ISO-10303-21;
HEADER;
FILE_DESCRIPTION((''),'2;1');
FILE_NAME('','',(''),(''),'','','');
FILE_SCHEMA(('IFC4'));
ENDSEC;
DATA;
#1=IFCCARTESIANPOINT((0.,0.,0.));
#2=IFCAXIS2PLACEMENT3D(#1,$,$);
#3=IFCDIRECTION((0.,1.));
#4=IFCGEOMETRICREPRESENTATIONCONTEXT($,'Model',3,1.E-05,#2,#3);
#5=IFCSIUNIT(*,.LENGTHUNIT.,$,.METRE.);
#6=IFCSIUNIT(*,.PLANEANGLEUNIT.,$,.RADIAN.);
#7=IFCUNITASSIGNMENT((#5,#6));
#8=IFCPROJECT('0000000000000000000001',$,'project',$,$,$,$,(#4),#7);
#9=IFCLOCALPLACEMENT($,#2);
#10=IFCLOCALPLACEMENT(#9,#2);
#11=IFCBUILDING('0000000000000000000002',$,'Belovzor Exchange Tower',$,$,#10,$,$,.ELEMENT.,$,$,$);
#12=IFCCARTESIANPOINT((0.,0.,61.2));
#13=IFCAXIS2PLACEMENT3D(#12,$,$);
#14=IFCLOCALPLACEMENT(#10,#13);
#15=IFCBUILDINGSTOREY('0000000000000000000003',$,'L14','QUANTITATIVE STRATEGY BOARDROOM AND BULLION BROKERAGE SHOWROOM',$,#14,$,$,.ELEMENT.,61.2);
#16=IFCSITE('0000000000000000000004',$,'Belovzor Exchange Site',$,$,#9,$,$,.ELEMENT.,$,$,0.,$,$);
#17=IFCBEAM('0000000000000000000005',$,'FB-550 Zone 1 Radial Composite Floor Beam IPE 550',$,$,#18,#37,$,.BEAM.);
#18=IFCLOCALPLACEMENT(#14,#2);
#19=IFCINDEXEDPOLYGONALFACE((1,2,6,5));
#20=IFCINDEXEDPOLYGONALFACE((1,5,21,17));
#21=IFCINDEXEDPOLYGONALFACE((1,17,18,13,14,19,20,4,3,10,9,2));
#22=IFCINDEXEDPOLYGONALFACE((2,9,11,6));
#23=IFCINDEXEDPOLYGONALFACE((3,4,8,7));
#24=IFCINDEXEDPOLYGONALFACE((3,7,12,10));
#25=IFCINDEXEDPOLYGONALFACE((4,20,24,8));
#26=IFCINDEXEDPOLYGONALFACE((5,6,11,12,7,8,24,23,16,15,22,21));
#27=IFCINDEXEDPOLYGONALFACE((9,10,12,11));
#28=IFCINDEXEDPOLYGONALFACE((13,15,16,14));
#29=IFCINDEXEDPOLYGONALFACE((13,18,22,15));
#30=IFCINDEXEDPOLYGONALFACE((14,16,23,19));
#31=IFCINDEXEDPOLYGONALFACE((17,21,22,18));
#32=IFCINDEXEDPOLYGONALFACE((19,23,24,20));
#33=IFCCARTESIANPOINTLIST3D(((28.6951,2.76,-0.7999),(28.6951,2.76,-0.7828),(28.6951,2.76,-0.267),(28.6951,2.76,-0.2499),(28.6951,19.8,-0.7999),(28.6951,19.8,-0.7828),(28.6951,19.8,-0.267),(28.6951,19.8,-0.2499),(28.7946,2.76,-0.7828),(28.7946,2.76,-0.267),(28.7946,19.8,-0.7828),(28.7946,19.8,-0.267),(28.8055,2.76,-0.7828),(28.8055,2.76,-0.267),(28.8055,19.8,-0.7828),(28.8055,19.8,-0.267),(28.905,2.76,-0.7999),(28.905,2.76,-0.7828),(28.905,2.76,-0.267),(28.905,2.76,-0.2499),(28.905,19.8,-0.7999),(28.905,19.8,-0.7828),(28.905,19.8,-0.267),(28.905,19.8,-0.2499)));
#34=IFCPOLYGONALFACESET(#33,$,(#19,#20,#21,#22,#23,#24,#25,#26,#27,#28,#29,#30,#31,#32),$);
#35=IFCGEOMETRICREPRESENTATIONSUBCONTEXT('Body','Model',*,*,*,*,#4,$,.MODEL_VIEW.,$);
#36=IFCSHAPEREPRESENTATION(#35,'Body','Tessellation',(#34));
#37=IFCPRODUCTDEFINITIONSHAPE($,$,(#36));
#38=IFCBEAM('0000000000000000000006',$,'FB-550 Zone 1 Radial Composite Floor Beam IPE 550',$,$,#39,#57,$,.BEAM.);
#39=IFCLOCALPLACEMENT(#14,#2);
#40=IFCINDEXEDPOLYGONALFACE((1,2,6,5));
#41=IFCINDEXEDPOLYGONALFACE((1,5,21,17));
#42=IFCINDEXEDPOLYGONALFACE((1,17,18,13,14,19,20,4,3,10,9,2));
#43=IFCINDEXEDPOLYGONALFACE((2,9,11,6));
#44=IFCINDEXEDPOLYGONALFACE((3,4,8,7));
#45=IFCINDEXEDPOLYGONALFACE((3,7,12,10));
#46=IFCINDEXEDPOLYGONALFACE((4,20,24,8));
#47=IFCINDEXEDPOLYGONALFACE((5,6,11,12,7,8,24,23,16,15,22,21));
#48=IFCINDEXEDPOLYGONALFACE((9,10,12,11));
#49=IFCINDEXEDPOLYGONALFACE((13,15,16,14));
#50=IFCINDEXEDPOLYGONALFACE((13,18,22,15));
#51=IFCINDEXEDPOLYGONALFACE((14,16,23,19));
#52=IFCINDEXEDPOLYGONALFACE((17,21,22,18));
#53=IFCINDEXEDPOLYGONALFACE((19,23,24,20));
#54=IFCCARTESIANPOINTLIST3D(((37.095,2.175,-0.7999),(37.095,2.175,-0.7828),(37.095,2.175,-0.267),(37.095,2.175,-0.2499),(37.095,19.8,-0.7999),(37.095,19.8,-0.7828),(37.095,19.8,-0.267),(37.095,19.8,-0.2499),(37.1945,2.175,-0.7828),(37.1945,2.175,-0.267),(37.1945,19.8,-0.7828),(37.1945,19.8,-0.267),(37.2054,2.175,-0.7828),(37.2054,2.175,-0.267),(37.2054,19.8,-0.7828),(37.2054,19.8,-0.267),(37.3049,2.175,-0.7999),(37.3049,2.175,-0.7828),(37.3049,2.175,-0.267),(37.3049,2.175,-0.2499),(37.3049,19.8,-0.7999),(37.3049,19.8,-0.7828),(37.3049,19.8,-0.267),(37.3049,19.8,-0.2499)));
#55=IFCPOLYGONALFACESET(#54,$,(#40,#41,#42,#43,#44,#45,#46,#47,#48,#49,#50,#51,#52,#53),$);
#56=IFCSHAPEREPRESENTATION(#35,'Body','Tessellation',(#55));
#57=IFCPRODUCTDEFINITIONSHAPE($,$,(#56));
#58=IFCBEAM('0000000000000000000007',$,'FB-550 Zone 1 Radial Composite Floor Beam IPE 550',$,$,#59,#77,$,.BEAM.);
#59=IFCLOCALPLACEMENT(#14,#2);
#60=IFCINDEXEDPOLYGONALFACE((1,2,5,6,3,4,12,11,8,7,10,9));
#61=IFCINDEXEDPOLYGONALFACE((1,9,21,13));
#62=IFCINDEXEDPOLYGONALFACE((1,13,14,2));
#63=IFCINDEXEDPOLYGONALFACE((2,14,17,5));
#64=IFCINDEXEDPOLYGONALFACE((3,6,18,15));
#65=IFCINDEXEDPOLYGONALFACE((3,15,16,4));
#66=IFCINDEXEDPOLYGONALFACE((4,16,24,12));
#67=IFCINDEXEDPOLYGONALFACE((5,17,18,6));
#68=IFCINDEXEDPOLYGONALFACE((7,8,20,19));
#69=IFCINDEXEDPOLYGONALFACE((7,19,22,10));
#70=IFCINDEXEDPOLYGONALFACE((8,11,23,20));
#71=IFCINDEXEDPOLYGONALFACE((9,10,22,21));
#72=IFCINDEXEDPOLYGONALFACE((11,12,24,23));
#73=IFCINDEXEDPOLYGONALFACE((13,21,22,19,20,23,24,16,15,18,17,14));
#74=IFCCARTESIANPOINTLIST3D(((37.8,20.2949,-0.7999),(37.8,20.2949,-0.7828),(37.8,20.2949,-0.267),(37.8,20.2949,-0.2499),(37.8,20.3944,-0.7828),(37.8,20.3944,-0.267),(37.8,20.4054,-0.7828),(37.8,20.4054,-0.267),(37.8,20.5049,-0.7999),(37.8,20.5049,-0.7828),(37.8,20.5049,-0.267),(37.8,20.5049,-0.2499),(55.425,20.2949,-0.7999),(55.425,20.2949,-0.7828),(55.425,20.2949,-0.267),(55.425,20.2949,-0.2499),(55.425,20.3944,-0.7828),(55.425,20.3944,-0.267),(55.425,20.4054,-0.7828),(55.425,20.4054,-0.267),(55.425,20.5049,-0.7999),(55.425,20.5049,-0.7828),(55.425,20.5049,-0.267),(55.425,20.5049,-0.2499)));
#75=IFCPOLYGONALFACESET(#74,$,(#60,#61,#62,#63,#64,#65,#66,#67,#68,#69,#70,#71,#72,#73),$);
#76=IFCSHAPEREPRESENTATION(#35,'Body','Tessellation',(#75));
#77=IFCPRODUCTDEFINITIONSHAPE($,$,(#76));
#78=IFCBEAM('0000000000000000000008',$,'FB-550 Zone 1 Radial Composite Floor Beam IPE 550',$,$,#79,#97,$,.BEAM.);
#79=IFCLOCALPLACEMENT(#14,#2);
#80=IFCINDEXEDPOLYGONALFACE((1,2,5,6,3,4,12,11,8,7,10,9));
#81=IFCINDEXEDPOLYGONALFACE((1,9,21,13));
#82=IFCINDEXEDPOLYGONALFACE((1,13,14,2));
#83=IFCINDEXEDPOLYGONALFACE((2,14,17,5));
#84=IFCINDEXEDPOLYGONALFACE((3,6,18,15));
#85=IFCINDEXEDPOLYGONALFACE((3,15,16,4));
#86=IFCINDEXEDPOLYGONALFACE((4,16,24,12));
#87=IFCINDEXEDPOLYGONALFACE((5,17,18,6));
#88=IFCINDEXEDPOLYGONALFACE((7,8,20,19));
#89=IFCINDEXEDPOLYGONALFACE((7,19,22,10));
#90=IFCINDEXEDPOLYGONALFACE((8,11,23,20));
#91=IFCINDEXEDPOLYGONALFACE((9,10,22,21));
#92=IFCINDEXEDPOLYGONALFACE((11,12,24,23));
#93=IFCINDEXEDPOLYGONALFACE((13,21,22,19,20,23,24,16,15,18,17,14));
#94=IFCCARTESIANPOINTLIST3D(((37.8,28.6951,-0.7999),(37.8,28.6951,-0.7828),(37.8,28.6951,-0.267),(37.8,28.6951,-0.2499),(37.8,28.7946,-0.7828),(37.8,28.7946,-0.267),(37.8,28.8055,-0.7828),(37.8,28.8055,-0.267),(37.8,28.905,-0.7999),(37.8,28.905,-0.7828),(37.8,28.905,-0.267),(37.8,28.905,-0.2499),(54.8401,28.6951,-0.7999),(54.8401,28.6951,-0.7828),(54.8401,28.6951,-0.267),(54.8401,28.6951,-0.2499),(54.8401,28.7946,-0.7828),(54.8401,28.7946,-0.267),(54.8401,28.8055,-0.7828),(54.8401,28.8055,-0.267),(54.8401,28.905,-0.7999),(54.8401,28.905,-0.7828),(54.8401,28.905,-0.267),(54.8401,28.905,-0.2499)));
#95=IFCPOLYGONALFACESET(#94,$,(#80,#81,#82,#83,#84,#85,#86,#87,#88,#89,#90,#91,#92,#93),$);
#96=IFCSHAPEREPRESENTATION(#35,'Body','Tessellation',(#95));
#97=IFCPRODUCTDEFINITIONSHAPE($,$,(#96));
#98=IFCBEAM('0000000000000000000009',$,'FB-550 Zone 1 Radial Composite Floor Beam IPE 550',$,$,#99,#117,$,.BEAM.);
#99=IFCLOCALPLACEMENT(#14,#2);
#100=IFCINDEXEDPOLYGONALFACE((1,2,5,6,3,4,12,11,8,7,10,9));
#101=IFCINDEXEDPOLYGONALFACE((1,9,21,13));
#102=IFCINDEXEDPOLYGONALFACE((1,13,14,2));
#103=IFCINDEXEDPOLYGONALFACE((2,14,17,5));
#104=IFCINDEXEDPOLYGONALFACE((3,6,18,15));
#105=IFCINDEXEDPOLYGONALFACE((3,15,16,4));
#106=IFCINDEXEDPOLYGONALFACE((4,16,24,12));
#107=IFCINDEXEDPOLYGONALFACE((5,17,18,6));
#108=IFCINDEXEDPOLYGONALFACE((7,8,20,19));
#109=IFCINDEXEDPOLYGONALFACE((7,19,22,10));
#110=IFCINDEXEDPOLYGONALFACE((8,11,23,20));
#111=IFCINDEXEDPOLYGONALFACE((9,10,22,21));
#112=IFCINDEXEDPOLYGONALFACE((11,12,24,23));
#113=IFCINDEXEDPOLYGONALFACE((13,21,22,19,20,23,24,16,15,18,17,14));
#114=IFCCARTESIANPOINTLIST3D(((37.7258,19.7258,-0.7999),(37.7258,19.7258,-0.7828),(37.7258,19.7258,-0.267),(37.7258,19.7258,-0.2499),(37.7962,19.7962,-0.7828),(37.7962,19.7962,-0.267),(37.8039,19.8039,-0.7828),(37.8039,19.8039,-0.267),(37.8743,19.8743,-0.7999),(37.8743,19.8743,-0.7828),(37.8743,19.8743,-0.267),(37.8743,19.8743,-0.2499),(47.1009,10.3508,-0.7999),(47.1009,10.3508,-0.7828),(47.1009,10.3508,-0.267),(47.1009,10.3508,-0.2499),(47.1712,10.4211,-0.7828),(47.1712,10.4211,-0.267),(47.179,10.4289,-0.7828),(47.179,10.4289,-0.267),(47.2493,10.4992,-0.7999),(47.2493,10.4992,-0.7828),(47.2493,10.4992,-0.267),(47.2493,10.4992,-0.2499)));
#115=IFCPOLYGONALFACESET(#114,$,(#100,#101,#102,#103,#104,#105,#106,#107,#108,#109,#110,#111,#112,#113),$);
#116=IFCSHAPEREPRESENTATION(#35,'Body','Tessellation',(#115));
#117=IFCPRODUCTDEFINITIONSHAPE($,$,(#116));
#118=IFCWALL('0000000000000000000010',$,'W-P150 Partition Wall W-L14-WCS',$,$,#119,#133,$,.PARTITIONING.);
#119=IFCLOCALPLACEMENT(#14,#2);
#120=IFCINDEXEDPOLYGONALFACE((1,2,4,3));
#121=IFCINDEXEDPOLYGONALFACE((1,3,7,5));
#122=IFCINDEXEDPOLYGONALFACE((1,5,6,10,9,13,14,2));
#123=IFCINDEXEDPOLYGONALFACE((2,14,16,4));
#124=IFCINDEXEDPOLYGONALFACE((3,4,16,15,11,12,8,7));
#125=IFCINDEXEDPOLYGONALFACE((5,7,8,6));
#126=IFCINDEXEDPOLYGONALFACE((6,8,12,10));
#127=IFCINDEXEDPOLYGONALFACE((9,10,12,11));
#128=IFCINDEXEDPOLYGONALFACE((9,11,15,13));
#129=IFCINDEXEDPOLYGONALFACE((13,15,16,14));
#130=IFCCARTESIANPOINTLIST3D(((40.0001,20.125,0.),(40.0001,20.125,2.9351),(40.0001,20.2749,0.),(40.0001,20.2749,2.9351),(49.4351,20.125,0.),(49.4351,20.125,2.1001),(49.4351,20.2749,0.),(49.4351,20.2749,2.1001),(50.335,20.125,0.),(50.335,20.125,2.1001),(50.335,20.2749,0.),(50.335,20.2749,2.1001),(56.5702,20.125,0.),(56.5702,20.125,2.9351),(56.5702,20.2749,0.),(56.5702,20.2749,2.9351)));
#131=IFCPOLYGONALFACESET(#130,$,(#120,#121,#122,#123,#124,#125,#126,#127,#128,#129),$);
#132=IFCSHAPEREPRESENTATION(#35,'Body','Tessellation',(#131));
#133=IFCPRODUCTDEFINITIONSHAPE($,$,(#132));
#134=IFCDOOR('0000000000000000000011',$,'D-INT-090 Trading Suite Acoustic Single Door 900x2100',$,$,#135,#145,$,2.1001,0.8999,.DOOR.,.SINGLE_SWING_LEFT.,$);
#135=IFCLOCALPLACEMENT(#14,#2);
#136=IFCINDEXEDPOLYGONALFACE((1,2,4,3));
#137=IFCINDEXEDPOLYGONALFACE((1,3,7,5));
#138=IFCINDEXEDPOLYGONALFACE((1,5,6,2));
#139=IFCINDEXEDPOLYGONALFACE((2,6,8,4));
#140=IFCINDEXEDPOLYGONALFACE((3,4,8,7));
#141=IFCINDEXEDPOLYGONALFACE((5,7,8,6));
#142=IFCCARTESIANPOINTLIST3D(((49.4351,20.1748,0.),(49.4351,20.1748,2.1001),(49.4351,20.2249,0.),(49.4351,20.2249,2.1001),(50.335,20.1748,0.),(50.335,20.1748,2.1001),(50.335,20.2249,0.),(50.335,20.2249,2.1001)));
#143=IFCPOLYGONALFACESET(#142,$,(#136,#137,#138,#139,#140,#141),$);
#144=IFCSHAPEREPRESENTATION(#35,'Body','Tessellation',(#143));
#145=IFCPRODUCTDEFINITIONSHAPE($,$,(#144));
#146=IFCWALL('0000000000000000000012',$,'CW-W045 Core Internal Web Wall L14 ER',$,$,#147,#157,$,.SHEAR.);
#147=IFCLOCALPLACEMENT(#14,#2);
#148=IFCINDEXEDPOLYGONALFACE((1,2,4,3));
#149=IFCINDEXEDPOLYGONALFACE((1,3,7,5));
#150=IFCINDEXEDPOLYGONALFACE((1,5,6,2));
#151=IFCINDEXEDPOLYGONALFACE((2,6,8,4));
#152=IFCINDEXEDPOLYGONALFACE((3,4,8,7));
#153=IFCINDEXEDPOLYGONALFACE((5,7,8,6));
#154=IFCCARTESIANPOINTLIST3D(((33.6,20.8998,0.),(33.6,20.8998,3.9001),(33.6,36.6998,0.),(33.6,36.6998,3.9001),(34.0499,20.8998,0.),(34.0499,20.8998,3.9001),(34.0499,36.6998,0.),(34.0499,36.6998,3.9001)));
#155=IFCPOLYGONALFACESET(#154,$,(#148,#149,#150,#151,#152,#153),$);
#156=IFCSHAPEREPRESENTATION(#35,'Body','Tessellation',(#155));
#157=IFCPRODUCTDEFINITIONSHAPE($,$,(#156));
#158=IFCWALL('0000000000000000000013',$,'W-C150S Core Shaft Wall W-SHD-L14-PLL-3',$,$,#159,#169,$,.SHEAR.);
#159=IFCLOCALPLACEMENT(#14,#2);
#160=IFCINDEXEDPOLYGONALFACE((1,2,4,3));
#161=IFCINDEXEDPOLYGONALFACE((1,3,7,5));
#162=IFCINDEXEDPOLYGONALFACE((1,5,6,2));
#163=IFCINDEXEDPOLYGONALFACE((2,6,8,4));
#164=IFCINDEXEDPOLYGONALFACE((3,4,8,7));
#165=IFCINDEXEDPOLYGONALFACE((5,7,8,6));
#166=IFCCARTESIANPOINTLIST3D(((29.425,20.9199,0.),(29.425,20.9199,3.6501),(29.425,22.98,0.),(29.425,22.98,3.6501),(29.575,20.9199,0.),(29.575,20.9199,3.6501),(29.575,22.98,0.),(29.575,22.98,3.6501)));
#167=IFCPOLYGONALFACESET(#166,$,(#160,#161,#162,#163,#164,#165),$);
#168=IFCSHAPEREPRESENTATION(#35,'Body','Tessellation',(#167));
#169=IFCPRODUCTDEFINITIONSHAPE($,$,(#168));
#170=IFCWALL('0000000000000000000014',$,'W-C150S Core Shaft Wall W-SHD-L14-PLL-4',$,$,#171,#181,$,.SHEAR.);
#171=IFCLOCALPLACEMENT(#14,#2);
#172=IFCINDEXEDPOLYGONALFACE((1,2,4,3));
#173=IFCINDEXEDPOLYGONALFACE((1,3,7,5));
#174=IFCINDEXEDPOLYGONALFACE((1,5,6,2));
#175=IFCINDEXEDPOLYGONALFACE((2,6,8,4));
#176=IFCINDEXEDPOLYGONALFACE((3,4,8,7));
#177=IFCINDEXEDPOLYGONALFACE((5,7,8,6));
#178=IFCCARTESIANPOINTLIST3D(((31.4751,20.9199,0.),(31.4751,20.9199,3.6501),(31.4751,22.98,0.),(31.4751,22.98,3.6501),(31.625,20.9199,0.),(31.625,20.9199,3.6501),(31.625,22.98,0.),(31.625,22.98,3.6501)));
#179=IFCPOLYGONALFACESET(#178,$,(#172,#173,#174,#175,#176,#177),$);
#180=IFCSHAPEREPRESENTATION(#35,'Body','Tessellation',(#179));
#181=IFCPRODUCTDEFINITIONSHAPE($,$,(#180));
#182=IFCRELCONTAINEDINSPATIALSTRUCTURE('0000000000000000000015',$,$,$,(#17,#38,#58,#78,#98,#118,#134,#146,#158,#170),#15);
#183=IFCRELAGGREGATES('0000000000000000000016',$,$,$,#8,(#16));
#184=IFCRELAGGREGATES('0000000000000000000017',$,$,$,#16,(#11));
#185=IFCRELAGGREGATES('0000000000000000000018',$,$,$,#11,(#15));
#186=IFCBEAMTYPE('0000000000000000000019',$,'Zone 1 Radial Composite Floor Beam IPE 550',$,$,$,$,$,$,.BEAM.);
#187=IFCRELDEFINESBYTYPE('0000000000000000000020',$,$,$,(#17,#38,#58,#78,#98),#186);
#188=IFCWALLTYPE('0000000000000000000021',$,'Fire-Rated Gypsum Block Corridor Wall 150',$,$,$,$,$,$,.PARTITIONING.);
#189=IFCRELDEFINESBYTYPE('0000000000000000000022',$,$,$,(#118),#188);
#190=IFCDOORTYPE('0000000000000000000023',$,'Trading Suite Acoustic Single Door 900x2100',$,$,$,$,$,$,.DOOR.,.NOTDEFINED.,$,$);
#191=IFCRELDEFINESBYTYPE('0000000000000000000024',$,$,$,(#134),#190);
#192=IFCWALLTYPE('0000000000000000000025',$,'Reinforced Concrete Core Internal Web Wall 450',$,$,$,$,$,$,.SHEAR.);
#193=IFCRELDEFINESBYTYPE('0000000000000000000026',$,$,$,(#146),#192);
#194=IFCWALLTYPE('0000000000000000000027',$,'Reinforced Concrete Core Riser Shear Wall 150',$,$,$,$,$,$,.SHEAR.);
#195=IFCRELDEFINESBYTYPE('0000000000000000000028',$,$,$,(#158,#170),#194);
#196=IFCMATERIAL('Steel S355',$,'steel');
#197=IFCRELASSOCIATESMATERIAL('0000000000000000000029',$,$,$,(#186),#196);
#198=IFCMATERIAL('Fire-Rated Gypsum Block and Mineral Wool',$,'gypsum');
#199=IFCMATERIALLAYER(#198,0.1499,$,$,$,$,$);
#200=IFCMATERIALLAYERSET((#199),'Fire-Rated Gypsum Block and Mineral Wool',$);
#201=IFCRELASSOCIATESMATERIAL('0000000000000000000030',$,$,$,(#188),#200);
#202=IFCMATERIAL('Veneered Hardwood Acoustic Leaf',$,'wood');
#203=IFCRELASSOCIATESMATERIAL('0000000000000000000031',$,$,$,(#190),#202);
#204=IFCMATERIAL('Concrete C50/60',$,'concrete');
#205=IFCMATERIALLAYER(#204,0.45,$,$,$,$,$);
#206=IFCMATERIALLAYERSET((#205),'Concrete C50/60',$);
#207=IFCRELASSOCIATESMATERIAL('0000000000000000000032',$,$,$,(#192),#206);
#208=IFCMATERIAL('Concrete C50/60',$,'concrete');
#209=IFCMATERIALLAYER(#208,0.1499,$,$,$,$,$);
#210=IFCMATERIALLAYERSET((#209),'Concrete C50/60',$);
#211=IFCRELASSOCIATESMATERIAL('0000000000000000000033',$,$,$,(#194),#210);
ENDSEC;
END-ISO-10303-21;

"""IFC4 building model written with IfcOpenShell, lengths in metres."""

from ifc_helpers import new_model, si_unit, direction, frame, frame_2d, origin, origin_2d, place, context, subcontext, project, spatial, rectangle, i_section, extrude, material, layer, layer_set, material_profile, profile_set, type_object, element, fill, save


model = new_model("IFC4")

# Units and contexts
model_context = context("Model", 3, precision=1e-05, world=origin(), true_north=direction((0.0, 1.0)))
body_context = subcontext(model_context, "Body", "Model", "MODEL_VIEW")
ifc_project = project(units=[si_unit("LENGTHUNIT", "METRE"), si_unit("PLANEANGLEUNIT", "RADIAN")], contexts=[model_context])

# Site, building, storey
site_placement = place(None, origin())
site = spatial("IfcSite", under=ifc_project, at=site_placement, Name="Belovzor Exchange Site", CompositionType="ELEMENT", RefElevation=0.0)
building_placement = place(site_placement, origin())
building = spatial("IfcBuilding", under=site, at=building_placement, Name="Belovzor Exchange Tower", CompositionType="ELEMENT")
storey_placement = place(building_placement, frame((0.0, 0.0, 61.2)))
storey = spatial("IfcBuildingStorey", under=building, at=storey_placement, Name="L14", Description="QUANTITATIVE STRATEGY BOARDROOM AND BULLION BROKERAGE SHOWROOM", CompositionType="ELEMENT", Elevation=61.2)

# Beams
ifc_material_1 = material(Name="Steel S355", Category="steel")
ifc_material_profile = material_profile(ifc_material_1, i_section(OverallWidth=0.21, OverallDepth=0.55, WebThickness=0.011, FlangeThickness=0.0171, at=origin_2d()))
ifc_profile_set = profile_set([ifc_material_profile], Name="Steel S355")
beam_type = type_object("IfcBeamType", Name="Zone 1 Radial Composite Floor Beam IPE 550", PredefinedType="BEAM", material=ifc_profile_set)
beam_1_placement = place(storey_placement, frame((28.8, 19.8, -0.5249), z_axis=(0.0, -1.0, 0.0), x_axis=(1.0, 0.0, 0.0)))
element("IfcBeam", 1, at=beam_1_placement, inside=storey, type_object=beam_type, Name="FB-550 Zone 1 Radial Composite Floor Beam IPE 550", PredefinedType="BEAM", context=body_context, shape_type="SweptSolid", body=[
    extrude(i_section(OverallWidth=0.21, OverallDepth=0.55, WebThickness=0.011, FlangeThickness=0.0171, at=origin_2d()), origin(), (0.0, 0.0, 1.0), 17.04),
])
for number, where, z_axis, x_axis, name in (
    (2, (37.2, 19.8, -0.5249), (0.0, -1.0, 0.0), (1.0, 0.0, 0.0), "FB-550 Zone 1 Radial Composite Floor Beam IPE 550"),
    (3, (37.8, 20.3999, -0.5249), (1.0, 0.0, 0.0), (0.0, 1.0, 0.0), "FB-550 Zone 1 Radial Composite Floor Beam IPE 550"),
):
    element("IfcBeam", number, at=place(storey_placement, frame(where, z_axis=z_axis, x_axis=x_axis)), inside=storey, type_object=beam_type, Name=name, PredefinedType="BEAM", context=body_context, shape_type="SweptSolid", body=[
        extrude(i_section(OverallWidth=0.21, OverallDepth=0.55, WebThickness=0.011, FlangeThickness=0.0171, at=origin_2d()), origin(), (0.0, 0.0, 1.0), 17.625),
    ])
beam_2_placement = place(storey_placement, frame((37.8, 28.8, -0.5249), z_axis=(1.0, 0.0, 0.0), x_axis=(0.0, 1.0, 0.0)))
element("IfcBeam", 4, at=beam_2_placement, inside=storey, type_object=beam_type, Name="FB-550 Zone 1 Radial Composite Floor Beam IPE 550", PredefinedType="BEAM", context=body_context, shape_type="SweptSolid", body=[
    extrude(i_section(OverallWidth=0.21, OverallDepth=0.55, WebThickness=0.011, FlangeThickness=0.0171, at=origin_2d()), origin(), (0.0, 0.0, 1.0), 17.04),
])
beam_3_placement = place(storey_placement, frame((37.8, 19.8, -0.5249), z_axis=(0.707107, -0.707107, 0.0), x_axis=(0.707107, 0.707107, 0.0)))
element("IfcBeam", 5, at=beam_3_placement, inside=storey, type_object=beam_type, Name="FB-550 Zone 1 Radial Composite Floor Beam IPE 550", PredefinedType="BEAM", context=body_context, shape_type="SweptSolid", body=[
    extrude(i_section(OverallWidth=0.21, OverallDepth=0.55, WebThickness=0.011, FlangeThickness=0.0171, at=origin_2d()), origin(), (0.0, 0.0, 1.0), 13.2583),
])

# Wall, opening, door
ifc_material_2 = material(Name="Fire-Rated Gypsum Block and Mineral Wool", Category="gypsum")
ifc_layer_1 = layer(ifc_material_2, 0.1499)
ifc_layer_set_1 = layer_set([ifc_layer_1], Name="Fire-Rated Gypsum Block and Mineral Wool")
wall_type_1 = type_object("IfcWallType", Name="Fire-Rated Gypsum Block Corridor Wall 150", PredefinedType="PARTITIONING", material=ifc_layer_set_1)
wall_1_placement = place(storey_placement, frame((40.0, 20.2, 0.0), z_axis=(0.0, 0.0, 1.0), x_axis=(1.0, 0.0, 0.0)))
wall_1 = element("IfcWall", 6, at=wall_1_placement, inside=storey, type_object=wall_type_1, Name="W-P150 Partition Wall W-L14-WCS", PredefinedType="PARTITIONING", context=body_context, shape_type="SweptSolid", body=[
    extrude(rectangle(XDim=16.5701, YDim=0.1499, at=frame_2d((8.2852, 0.0))), origin(), (0.0, 0.0, 1.0), 2.9351),
])
opening_1_placement = place(wall_1_placement, frame((9.4351, 0.0, 0.0)))
opening_1 = element("IfcOpeningElement", 7, at=opening_1_placement, cuts=wall_1, PredefinedType="OPENING", context=body_context, shape_type="SweptSolid", body=[
    extrude(rectangle(XDim=0.8999, YDim=2.1001, at=frame_2d((0.45, 1.05))), frame((0.0, 0.085, 0.0), z_axis=(0.0, -1.0, 0.0), x_axis=(1.0, 0.0, 0.0)), (0.0, 0.0, 1.0), 0.1699),
])
ifc_material_3 = material(Name="Veneered Hardwood Acoustic Leaf", Category="wood")
door_type_1 = type_object("IfcDoorType", Name="Trading Suite Acoustic Single Door 900x2100", OperationType="NOTDEFINED", PredefinedType="DOOR", material=ifc_material_3)
door_1_placement = place(opening_1_placement, origin())
door_1 = element("IfcDoor", 8, at=door_1_placement, inside=storey, type_object=door_type_1, Name="D-INT-090 Trading Suite Acoustic Single Door 900x2100", OperationType="SINGLE_SWING_LEFT", OverallHeight=2.1001, OverallWidth=0.8999, PredefinedType="DOOR", context=body_context, shape_type="SweptSolid", body=[
    extrude(rectangle(XDim=0.8999, YDim=2.1001, at=frame_2d((0.45, 1.05))), frame((0.0, 0.0249, 0.0), z_axis=(0.0, -1.0, 0.0), x_axis=(1.0, 0.0, 0.0)), (0.0, 0.0, 1.0), 0.05),
])
fill(opening_1, door_1)

# Walls
ifc_material_4 = material(Name="Concrete C50/60", Category="concrete")
ifc_layer_2 = layer(ifc_material_4, 0.45)
ifc_layer_set_2 = layer_set([ifc_layer_2], Name="Concrete C50/60")
wall_type_2 = type_object("IfcWallType", Name="Reinforced Concrete Core Internal Web Wall 450", PredefinedType="SHEAR", material=ifc_layer_set_2)
wall_2_placement = place(storey_placement, frame((33.825, 20.8999, 0.0), z_axis=(0.0, 0.0, 1.0), x_axis=(0.0, 1.0, 0.0)))
element("IfcWall", 9, at=wall_2_placement, inside=storey, type_object=wall_type_2, Name="CW-W045 Core Internal Web Wall L14 ER", PredefinedType="SHEAR", context=body_context, shape_type="SweptSolid", body=[
    extrude(rectangle(XDim=15.8, YDim=0.45, at=frame_2d((7.8999, 0.0))), origin(), (0.0, 0.0, 1.0), 3.9001),
])
ifc_material_5 = material(Name="Concrete C50/60", Category="concrete")
ifc_layer_3 = layer(ifc_material_5, 0.1499)
ifc_layer_set_3 = layer_set([ifc_layer_3], Name="Concrete C50/60")
wall_type_3 = type_object("IfcWallType", Name="Reinforced Concrete Core Riser Shear Wall 150", PredefinedType="SHEAR", material=ifc_layer_set_3)
for number, where, z_axis, x_axis, name in (
    (10, (29.5, 20.9199, 0.0), (0.0, 0.0, 1.0), (0.0, 1.0, 0.0), "W-C150S Core Shaft Wall W-SHD-L14-PLL-3"),
    (11, (31.55, 20.9199, 0.0), (0.0, 0.0, 1.0), (0.0, 1.0, 0.0), "W-C150S Core Shaft Wall W-SHD-L14-PLL-4"),
):
    element("IfcWall", number, at=place(storey_placement, frame(where, z_axis=z_axis, x_axis=x_axis)), inside=storey, type_object=wall_type_3, Name=name, PredefinedType="SHEAR", context=body_context, shape_type="SweptSolid", body=[
        extrude(rectangle(XDim=2.0601, YDim=0.1499, at=frame_2d((1.03, 0.0))), origin(), (0.0, 0.0, 1.0), 3.6501),
    ])

save(model, "model.ifc")
